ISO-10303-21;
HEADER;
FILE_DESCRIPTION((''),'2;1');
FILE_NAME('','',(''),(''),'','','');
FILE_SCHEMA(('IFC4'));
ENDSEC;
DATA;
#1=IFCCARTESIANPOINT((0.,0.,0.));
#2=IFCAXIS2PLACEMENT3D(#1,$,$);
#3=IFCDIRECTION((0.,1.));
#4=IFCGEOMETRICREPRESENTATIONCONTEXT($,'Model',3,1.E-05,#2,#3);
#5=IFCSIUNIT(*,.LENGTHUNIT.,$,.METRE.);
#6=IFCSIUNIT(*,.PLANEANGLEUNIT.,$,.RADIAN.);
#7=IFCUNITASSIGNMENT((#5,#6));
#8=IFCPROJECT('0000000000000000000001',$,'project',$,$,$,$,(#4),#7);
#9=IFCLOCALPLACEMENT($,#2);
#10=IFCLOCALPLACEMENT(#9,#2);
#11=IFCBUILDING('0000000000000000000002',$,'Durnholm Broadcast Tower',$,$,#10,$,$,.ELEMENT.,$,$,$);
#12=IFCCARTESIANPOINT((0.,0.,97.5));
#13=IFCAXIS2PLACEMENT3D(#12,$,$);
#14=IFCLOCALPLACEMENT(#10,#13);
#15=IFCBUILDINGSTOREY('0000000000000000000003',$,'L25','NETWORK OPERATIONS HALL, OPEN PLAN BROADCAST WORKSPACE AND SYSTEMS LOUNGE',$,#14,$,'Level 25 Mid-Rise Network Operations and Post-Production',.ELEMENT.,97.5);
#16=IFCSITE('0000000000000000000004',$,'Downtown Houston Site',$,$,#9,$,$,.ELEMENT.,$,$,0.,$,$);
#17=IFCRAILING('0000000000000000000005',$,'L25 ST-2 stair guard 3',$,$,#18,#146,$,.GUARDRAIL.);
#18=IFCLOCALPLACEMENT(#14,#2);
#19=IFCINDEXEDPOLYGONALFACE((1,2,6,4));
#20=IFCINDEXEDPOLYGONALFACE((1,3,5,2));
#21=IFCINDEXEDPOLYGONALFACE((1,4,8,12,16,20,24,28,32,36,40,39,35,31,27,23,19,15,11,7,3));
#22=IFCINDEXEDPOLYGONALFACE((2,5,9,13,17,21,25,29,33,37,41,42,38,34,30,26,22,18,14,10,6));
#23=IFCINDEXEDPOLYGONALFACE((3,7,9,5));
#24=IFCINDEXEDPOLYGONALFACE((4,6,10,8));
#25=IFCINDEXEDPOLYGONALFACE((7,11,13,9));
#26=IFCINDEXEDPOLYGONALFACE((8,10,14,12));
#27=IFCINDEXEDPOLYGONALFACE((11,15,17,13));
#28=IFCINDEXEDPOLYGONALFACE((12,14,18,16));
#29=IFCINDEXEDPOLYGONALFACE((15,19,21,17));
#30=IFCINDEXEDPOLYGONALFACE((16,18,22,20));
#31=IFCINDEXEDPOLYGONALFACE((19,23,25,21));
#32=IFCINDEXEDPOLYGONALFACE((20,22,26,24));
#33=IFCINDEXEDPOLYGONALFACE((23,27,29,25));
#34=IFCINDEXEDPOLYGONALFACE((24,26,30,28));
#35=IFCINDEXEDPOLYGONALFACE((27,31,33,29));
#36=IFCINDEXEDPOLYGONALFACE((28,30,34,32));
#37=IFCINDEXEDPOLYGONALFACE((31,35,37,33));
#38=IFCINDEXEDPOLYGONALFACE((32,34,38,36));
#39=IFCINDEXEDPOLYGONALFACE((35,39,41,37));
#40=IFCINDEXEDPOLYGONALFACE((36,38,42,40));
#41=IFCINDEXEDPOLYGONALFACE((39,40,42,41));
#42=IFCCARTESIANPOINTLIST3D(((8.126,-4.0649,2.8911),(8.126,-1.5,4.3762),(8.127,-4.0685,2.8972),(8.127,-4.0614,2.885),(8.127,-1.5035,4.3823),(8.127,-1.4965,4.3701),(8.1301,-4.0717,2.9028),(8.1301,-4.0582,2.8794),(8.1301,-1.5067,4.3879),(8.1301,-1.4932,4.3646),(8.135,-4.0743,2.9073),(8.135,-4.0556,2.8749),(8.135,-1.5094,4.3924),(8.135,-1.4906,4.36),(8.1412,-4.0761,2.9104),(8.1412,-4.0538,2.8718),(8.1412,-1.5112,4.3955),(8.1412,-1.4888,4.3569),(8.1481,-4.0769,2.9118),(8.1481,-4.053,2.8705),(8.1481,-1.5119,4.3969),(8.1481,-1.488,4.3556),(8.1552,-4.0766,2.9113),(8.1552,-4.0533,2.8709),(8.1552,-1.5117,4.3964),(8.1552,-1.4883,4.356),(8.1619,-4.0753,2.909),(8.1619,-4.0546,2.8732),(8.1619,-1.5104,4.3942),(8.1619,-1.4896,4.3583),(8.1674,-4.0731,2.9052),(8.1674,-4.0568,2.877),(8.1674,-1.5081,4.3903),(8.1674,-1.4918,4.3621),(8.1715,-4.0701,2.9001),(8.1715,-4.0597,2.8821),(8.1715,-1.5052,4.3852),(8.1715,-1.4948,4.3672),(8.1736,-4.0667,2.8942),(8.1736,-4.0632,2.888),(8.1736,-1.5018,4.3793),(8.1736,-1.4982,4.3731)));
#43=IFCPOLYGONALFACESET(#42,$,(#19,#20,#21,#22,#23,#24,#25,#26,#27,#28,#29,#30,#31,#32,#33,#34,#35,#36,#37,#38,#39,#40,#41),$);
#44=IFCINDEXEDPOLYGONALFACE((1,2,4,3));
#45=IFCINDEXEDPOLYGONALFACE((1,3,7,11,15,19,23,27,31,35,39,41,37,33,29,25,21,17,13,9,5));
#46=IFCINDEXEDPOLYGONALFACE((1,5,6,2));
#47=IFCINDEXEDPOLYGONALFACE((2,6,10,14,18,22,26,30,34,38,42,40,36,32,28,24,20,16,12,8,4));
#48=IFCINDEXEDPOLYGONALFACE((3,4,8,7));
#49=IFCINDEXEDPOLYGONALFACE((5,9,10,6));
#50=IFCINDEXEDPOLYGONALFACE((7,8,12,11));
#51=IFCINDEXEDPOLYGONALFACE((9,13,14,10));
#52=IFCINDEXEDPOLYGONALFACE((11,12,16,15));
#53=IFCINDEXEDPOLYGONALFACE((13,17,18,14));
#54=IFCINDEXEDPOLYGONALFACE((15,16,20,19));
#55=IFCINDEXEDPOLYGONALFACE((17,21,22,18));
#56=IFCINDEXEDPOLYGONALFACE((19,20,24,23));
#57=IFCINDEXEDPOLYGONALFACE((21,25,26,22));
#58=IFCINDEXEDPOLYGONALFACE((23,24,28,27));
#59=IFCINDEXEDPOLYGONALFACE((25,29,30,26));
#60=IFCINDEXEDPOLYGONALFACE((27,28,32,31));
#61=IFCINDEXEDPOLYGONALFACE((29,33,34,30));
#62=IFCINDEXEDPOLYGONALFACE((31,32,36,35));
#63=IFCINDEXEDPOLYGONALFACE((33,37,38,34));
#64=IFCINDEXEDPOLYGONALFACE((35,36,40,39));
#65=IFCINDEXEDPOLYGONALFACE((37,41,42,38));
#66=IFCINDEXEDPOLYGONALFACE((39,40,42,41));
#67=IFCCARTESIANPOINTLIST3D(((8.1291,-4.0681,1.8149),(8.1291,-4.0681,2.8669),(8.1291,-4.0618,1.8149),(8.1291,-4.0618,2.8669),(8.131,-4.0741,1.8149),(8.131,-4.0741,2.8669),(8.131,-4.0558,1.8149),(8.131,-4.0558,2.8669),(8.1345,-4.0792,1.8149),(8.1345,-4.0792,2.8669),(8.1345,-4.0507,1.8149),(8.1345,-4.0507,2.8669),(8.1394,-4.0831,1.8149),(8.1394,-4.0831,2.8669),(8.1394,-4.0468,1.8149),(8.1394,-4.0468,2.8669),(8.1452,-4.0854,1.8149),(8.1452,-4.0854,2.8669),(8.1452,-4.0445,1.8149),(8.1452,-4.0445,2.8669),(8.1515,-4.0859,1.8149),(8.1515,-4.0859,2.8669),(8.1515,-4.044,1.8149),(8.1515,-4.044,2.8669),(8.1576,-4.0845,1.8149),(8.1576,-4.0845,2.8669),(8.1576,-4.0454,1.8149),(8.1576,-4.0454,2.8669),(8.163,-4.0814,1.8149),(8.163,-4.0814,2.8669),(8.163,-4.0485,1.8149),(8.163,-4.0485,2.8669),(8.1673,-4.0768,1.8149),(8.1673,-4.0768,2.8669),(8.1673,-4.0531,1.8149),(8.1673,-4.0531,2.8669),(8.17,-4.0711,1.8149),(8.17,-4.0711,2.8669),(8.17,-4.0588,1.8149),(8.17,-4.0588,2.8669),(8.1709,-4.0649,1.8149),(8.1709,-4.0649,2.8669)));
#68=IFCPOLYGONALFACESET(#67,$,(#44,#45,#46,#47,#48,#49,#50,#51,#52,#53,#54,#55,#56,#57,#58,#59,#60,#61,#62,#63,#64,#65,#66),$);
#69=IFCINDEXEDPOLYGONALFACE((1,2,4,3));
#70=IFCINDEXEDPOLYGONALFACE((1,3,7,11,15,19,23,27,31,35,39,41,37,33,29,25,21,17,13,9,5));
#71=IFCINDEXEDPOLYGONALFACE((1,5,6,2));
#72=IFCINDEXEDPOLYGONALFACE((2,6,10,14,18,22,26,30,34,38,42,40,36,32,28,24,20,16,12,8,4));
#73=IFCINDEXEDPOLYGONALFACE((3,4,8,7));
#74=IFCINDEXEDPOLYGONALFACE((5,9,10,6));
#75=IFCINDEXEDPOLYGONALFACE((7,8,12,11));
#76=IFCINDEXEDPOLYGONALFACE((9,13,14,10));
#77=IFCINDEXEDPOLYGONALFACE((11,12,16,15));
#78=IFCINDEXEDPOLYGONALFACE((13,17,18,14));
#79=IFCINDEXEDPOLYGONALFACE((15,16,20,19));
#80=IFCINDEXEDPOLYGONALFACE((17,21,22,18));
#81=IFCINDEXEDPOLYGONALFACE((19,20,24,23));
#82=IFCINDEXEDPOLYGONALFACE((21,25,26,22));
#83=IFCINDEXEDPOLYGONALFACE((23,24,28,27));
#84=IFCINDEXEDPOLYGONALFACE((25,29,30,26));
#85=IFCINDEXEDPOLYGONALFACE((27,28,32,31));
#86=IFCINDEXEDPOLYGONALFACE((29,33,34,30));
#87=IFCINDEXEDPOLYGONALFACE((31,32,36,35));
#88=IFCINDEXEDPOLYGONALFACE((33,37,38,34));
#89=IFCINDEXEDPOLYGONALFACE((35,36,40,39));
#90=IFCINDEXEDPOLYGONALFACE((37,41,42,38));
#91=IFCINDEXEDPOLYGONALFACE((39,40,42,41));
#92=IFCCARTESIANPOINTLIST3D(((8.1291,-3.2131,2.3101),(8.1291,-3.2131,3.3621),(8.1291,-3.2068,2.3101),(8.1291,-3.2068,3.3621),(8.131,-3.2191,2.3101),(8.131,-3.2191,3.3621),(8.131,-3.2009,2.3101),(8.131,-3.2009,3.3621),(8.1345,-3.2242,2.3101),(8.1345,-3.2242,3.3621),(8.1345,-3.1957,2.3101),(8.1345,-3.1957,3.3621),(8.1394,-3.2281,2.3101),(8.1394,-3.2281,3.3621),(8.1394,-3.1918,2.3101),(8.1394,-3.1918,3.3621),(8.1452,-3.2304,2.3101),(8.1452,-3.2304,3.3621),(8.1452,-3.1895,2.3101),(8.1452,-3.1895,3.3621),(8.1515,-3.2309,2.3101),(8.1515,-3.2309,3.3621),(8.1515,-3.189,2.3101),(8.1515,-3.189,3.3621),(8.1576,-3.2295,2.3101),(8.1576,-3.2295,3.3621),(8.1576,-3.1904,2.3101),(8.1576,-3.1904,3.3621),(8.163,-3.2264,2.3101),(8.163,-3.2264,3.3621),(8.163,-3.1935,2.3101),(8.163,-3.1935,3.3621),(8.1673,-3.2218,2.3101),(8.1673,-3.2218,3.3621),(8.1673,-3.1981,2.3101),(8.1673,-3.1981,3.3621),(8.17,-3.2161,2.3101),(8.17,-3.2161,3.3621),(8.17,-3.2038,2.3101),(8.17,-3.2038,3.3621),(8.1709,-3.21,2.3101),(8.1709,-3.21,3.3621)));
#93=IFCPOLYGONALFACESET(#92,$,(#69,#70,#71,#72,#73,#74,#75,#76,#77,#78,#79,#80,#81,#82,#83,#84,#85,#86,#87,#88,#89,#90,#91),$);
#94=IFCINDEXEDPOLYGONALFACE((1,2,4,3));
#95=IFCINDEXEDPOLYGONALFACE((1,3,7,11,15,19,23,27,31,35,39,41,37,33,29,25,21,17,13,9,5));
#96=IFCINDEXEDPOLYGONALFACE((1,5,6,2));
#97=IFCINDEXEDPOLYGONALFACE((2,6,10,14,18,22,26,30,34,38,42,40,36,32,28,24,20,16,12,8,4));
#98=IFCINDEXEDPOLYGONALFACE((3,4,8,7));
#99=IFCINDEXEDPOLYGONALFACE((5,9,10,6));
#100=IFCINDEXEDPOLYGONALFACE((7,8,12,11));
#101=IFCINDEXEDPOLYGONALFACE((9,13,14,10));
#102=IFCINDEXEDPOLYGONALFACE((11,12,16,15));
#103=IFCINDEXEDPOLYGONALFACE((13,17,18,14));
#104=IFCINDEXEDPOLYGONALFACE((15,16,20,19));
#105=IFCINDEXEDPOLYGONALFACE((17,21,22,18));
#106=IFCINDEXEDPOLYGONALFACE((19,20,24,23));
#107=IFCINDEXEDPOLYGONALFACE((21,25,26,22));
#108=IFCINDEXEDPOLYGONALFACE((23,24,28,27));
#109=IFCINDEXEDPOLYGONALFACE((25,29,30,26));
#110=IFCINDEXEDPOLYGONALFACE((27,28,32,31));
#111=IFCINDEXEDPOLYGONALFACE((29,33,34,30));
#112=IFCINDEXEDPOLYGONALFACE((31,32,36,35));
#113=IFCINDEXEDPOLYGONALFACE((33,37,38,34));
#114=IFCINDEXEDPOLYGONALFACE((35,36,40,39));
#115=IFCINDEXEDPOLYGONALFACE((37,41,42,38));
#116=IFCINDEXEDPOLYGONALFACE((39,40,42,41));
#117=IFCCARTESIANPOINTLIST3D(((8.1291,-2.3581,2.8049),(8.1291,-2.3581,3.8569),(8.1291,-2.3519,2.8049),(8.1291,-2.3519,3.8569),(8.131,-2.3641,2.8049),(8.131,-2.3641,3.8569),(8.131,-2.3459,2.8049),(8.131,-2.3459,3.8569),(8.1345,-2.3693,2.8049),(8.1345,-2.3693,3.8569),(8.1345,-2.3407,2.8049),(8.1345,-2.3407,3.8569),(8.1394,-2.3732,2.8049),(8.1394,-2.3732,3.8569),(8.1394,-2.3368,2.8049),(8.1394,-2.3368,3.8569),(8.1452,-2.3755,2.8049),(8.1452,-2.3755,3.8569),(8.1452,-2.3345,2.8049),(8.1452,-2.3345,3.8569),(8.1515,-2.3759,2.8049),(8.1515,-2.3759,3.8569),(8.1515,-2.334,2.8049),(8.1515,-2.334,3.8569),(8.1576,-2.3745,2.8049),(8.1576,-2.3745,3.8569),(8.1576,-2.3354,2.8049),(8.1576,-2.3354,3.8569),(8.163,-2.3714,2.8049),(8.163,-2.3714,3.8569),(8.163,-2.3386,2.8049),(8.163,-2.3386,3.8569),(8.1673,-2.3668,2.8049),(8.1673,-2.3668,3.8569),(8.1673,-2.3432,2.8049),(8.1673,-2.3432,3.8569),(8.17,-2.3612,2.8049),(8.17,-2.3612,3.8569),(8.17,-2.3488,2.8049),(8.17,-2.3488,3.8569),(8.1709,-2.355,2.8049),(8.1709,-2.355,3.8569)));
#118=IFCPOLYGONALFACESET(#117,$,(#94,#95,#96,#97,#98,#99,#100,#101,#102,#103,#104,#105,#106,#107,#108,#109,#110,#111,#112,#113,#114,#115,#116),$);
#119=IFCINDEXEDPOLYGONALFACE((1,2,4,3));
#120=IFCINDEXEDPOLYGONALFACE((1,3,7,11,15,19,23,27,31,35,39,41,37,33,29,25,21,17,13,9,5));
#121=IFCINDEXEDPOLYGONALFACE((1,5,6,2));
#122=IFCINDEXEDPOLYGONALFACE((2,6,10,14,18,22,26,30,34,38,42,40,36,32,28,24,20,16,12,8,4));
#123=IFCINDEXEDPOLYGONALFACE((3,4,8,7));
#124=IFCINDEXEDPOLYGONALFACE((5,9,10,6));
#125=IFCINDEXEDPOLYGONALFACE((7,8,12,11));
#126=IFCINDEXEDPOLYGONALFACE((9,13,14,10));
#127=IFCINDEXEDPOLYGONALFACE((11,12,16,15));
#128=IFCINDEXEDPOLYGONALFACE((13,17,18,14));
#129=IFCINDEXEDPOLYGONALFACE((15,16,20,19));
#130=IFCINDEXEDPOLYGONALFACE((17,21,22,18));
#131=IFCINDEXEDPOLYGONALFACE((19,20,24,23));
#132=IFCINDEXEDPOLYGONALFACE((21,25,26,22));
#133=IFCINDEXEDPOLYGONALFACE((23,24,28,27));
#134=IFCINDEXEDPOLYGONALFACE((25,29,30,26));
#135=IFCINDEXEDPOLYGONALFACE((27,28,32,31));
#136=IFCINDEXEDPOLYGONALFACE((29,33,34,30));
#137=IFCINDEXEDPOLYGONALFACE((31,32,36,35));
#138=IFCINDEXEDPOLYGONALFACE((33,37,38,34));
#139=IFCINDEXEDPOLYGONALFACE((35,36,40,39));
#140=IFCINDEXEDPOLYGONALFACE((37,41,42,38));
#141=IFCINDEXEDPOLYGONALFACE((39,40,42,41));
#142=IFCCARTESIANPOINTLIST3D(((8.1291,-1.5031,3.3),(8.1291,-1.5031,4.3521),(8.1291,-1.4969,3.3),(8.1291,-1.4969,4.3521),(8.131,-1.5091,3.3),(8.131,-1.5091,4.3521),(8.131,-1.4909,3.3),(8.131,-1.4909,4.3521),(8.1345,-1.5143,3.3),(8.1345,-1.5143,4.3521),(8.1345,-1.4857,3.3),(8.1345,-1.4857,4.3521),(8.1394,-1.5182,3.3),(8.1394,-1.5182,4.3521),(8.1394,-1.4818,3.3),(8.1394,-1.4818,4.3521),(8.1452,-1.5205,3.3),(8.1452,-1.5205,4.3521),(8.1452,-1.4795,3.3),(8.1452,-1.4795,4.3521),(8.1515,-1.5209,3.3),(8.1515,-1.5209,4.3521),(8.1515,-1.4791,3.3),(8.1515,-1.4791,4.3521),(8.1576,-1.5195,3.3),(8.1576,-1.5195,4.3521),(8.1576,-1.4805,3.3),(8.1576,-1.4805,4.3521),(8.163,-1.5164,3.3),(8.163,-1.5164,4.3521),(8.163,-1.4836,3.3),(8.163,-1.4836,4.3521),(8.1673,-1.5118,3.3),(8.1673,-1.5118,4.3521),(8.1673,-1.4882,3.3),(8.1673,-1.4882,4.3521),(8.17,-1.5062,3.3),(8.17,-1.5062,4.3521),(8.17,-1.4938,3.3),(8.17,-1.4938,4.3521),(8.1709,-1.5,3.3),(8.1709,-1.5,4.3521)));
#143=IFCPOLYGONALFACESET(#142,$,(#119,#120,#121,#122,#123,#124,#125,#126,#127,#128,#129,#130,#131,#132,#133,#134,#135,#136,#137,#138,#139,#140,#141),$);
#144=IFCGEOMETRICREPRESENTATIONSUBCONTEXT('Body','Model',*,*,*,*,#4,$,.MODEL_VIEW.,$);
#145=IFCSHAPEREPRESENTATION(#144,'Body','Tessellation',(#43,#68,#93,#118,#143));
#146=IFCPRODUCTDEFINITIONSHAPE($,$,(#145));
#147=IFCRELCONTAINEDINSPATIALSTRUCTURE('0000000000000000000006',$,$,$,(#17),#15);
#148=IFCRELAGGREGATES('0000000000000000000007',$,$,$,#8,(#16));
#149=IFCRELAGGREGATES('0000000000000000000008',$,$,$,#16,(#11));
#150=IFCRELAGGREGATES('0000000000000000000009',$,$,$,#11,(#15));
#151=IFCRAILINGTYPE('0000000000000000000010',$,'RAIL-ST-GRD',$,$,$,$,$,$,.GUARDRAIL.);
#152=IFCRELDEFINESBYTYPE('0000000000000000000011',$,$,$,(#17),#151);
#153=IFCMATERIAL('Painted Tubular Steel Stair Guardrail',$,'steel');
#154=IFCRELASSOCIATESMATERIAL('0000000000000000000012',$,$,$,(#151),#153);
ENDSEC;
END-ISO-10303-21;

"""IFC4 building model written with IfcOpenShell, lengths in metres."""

from ifc_helpers import new_model, si_unit, direction, frame, origin, origin_2d, place, context, subcontext, project, spatial, circle, extrude, material, type_object, element, save


model = new_model("IFC4")

# Units and contexts
model_context = context("Model", 3, precision=1e-05, world=origin(), true_north=direction((0.0, 1.0)))
body_context = subcontext(model_context, "Body", "Model", "MODEL_VIEW")
ifc_project = project(units=[si_unit("LENGTHUNIT", "METRE"), si_unit("PLANEANGLEUNIT", "RADIAN")], contexts=[model_context])

# Site, building, storey
site_placement = place(None, origin())
site = spatial("IfcSite", under=ifc_project, at=site_placement, Name="Downtown Houston Site", CompositionType="ELEMENT", RefElevation=0.0)
building_placement = place(site_placement, origin())
building = spatial("IfcBuilding", under=site, at=building_placement, Name="Durnholm Broadcast Tower", CompositionType="ELEMENT")
storey_placement = place(building_placement, frame((0.0, 0.0, 97.5)))
storey = spatial("IfcBuildingStorey", under=building, at=storey_placement, Name="L25", Description="NETWORK OPERATIONS HALL, OPEN PLAN BROADCAST WORKSPACE AND SYSTEMS LOUNGE", LongName="Level 25 Mid-Rise Network Operations and Post-Production", CompositionType="ELEMENT", Elevation=97.5)

# Railing
ifc_material_1 = material(Name="Painted Tubular Steel Stair Guardrail", Category="steel")
railing_type_1 = type_object("IfcRailingType", Name="RAIL-ST-GRD", PredefinedType="GUARDRAIL", material=ifc_material_1)
railing_1_placement = place(storey_placement, frame((8.1499, -4.0649, 1.8149)))
element("IfcRailing", 1, at=railing_1_placement, inside=storey, type_object=railing_type_1, Name="L25 ST-2 stair guard 3", PredefinedType="GUARDRAIL", context=body_context, shape_type="SweptSolid", body=[
    extrude(circle(Radius=0.0239, at=origin_2d()), frame((0.0, 0.0, 1.0762), z_axis=(0.0, 0.865406, 0.501072), x_axis=(-1.0, 0.0, 0.0)), (0.0, 0.0, 1.0), 2.9639),
    extrude(circle(Radius=0.021, at=origin_2d()), origin(), (0.0, 0.0, 1.0), 1.052),
    extrude(circle(Radius=0.021, at=origin_2d()), frame((0.0, 0.855, 0.4951)), (0.0, 0.0, 1.0), 1.052),
    extrude(circle(Radius=0.021, at=origin_2d()), frame((0.0, 1.71, 0.99)), (0.0, 0.0, 1.0), 1.052),
    extrude(circle(Radius=0.021, at=origin_2d()), frame((0.0, 2.5649, 1.4851)), (0.0, 0.0, 1.0), 1.052),
])

save(model, "model.ifc")
